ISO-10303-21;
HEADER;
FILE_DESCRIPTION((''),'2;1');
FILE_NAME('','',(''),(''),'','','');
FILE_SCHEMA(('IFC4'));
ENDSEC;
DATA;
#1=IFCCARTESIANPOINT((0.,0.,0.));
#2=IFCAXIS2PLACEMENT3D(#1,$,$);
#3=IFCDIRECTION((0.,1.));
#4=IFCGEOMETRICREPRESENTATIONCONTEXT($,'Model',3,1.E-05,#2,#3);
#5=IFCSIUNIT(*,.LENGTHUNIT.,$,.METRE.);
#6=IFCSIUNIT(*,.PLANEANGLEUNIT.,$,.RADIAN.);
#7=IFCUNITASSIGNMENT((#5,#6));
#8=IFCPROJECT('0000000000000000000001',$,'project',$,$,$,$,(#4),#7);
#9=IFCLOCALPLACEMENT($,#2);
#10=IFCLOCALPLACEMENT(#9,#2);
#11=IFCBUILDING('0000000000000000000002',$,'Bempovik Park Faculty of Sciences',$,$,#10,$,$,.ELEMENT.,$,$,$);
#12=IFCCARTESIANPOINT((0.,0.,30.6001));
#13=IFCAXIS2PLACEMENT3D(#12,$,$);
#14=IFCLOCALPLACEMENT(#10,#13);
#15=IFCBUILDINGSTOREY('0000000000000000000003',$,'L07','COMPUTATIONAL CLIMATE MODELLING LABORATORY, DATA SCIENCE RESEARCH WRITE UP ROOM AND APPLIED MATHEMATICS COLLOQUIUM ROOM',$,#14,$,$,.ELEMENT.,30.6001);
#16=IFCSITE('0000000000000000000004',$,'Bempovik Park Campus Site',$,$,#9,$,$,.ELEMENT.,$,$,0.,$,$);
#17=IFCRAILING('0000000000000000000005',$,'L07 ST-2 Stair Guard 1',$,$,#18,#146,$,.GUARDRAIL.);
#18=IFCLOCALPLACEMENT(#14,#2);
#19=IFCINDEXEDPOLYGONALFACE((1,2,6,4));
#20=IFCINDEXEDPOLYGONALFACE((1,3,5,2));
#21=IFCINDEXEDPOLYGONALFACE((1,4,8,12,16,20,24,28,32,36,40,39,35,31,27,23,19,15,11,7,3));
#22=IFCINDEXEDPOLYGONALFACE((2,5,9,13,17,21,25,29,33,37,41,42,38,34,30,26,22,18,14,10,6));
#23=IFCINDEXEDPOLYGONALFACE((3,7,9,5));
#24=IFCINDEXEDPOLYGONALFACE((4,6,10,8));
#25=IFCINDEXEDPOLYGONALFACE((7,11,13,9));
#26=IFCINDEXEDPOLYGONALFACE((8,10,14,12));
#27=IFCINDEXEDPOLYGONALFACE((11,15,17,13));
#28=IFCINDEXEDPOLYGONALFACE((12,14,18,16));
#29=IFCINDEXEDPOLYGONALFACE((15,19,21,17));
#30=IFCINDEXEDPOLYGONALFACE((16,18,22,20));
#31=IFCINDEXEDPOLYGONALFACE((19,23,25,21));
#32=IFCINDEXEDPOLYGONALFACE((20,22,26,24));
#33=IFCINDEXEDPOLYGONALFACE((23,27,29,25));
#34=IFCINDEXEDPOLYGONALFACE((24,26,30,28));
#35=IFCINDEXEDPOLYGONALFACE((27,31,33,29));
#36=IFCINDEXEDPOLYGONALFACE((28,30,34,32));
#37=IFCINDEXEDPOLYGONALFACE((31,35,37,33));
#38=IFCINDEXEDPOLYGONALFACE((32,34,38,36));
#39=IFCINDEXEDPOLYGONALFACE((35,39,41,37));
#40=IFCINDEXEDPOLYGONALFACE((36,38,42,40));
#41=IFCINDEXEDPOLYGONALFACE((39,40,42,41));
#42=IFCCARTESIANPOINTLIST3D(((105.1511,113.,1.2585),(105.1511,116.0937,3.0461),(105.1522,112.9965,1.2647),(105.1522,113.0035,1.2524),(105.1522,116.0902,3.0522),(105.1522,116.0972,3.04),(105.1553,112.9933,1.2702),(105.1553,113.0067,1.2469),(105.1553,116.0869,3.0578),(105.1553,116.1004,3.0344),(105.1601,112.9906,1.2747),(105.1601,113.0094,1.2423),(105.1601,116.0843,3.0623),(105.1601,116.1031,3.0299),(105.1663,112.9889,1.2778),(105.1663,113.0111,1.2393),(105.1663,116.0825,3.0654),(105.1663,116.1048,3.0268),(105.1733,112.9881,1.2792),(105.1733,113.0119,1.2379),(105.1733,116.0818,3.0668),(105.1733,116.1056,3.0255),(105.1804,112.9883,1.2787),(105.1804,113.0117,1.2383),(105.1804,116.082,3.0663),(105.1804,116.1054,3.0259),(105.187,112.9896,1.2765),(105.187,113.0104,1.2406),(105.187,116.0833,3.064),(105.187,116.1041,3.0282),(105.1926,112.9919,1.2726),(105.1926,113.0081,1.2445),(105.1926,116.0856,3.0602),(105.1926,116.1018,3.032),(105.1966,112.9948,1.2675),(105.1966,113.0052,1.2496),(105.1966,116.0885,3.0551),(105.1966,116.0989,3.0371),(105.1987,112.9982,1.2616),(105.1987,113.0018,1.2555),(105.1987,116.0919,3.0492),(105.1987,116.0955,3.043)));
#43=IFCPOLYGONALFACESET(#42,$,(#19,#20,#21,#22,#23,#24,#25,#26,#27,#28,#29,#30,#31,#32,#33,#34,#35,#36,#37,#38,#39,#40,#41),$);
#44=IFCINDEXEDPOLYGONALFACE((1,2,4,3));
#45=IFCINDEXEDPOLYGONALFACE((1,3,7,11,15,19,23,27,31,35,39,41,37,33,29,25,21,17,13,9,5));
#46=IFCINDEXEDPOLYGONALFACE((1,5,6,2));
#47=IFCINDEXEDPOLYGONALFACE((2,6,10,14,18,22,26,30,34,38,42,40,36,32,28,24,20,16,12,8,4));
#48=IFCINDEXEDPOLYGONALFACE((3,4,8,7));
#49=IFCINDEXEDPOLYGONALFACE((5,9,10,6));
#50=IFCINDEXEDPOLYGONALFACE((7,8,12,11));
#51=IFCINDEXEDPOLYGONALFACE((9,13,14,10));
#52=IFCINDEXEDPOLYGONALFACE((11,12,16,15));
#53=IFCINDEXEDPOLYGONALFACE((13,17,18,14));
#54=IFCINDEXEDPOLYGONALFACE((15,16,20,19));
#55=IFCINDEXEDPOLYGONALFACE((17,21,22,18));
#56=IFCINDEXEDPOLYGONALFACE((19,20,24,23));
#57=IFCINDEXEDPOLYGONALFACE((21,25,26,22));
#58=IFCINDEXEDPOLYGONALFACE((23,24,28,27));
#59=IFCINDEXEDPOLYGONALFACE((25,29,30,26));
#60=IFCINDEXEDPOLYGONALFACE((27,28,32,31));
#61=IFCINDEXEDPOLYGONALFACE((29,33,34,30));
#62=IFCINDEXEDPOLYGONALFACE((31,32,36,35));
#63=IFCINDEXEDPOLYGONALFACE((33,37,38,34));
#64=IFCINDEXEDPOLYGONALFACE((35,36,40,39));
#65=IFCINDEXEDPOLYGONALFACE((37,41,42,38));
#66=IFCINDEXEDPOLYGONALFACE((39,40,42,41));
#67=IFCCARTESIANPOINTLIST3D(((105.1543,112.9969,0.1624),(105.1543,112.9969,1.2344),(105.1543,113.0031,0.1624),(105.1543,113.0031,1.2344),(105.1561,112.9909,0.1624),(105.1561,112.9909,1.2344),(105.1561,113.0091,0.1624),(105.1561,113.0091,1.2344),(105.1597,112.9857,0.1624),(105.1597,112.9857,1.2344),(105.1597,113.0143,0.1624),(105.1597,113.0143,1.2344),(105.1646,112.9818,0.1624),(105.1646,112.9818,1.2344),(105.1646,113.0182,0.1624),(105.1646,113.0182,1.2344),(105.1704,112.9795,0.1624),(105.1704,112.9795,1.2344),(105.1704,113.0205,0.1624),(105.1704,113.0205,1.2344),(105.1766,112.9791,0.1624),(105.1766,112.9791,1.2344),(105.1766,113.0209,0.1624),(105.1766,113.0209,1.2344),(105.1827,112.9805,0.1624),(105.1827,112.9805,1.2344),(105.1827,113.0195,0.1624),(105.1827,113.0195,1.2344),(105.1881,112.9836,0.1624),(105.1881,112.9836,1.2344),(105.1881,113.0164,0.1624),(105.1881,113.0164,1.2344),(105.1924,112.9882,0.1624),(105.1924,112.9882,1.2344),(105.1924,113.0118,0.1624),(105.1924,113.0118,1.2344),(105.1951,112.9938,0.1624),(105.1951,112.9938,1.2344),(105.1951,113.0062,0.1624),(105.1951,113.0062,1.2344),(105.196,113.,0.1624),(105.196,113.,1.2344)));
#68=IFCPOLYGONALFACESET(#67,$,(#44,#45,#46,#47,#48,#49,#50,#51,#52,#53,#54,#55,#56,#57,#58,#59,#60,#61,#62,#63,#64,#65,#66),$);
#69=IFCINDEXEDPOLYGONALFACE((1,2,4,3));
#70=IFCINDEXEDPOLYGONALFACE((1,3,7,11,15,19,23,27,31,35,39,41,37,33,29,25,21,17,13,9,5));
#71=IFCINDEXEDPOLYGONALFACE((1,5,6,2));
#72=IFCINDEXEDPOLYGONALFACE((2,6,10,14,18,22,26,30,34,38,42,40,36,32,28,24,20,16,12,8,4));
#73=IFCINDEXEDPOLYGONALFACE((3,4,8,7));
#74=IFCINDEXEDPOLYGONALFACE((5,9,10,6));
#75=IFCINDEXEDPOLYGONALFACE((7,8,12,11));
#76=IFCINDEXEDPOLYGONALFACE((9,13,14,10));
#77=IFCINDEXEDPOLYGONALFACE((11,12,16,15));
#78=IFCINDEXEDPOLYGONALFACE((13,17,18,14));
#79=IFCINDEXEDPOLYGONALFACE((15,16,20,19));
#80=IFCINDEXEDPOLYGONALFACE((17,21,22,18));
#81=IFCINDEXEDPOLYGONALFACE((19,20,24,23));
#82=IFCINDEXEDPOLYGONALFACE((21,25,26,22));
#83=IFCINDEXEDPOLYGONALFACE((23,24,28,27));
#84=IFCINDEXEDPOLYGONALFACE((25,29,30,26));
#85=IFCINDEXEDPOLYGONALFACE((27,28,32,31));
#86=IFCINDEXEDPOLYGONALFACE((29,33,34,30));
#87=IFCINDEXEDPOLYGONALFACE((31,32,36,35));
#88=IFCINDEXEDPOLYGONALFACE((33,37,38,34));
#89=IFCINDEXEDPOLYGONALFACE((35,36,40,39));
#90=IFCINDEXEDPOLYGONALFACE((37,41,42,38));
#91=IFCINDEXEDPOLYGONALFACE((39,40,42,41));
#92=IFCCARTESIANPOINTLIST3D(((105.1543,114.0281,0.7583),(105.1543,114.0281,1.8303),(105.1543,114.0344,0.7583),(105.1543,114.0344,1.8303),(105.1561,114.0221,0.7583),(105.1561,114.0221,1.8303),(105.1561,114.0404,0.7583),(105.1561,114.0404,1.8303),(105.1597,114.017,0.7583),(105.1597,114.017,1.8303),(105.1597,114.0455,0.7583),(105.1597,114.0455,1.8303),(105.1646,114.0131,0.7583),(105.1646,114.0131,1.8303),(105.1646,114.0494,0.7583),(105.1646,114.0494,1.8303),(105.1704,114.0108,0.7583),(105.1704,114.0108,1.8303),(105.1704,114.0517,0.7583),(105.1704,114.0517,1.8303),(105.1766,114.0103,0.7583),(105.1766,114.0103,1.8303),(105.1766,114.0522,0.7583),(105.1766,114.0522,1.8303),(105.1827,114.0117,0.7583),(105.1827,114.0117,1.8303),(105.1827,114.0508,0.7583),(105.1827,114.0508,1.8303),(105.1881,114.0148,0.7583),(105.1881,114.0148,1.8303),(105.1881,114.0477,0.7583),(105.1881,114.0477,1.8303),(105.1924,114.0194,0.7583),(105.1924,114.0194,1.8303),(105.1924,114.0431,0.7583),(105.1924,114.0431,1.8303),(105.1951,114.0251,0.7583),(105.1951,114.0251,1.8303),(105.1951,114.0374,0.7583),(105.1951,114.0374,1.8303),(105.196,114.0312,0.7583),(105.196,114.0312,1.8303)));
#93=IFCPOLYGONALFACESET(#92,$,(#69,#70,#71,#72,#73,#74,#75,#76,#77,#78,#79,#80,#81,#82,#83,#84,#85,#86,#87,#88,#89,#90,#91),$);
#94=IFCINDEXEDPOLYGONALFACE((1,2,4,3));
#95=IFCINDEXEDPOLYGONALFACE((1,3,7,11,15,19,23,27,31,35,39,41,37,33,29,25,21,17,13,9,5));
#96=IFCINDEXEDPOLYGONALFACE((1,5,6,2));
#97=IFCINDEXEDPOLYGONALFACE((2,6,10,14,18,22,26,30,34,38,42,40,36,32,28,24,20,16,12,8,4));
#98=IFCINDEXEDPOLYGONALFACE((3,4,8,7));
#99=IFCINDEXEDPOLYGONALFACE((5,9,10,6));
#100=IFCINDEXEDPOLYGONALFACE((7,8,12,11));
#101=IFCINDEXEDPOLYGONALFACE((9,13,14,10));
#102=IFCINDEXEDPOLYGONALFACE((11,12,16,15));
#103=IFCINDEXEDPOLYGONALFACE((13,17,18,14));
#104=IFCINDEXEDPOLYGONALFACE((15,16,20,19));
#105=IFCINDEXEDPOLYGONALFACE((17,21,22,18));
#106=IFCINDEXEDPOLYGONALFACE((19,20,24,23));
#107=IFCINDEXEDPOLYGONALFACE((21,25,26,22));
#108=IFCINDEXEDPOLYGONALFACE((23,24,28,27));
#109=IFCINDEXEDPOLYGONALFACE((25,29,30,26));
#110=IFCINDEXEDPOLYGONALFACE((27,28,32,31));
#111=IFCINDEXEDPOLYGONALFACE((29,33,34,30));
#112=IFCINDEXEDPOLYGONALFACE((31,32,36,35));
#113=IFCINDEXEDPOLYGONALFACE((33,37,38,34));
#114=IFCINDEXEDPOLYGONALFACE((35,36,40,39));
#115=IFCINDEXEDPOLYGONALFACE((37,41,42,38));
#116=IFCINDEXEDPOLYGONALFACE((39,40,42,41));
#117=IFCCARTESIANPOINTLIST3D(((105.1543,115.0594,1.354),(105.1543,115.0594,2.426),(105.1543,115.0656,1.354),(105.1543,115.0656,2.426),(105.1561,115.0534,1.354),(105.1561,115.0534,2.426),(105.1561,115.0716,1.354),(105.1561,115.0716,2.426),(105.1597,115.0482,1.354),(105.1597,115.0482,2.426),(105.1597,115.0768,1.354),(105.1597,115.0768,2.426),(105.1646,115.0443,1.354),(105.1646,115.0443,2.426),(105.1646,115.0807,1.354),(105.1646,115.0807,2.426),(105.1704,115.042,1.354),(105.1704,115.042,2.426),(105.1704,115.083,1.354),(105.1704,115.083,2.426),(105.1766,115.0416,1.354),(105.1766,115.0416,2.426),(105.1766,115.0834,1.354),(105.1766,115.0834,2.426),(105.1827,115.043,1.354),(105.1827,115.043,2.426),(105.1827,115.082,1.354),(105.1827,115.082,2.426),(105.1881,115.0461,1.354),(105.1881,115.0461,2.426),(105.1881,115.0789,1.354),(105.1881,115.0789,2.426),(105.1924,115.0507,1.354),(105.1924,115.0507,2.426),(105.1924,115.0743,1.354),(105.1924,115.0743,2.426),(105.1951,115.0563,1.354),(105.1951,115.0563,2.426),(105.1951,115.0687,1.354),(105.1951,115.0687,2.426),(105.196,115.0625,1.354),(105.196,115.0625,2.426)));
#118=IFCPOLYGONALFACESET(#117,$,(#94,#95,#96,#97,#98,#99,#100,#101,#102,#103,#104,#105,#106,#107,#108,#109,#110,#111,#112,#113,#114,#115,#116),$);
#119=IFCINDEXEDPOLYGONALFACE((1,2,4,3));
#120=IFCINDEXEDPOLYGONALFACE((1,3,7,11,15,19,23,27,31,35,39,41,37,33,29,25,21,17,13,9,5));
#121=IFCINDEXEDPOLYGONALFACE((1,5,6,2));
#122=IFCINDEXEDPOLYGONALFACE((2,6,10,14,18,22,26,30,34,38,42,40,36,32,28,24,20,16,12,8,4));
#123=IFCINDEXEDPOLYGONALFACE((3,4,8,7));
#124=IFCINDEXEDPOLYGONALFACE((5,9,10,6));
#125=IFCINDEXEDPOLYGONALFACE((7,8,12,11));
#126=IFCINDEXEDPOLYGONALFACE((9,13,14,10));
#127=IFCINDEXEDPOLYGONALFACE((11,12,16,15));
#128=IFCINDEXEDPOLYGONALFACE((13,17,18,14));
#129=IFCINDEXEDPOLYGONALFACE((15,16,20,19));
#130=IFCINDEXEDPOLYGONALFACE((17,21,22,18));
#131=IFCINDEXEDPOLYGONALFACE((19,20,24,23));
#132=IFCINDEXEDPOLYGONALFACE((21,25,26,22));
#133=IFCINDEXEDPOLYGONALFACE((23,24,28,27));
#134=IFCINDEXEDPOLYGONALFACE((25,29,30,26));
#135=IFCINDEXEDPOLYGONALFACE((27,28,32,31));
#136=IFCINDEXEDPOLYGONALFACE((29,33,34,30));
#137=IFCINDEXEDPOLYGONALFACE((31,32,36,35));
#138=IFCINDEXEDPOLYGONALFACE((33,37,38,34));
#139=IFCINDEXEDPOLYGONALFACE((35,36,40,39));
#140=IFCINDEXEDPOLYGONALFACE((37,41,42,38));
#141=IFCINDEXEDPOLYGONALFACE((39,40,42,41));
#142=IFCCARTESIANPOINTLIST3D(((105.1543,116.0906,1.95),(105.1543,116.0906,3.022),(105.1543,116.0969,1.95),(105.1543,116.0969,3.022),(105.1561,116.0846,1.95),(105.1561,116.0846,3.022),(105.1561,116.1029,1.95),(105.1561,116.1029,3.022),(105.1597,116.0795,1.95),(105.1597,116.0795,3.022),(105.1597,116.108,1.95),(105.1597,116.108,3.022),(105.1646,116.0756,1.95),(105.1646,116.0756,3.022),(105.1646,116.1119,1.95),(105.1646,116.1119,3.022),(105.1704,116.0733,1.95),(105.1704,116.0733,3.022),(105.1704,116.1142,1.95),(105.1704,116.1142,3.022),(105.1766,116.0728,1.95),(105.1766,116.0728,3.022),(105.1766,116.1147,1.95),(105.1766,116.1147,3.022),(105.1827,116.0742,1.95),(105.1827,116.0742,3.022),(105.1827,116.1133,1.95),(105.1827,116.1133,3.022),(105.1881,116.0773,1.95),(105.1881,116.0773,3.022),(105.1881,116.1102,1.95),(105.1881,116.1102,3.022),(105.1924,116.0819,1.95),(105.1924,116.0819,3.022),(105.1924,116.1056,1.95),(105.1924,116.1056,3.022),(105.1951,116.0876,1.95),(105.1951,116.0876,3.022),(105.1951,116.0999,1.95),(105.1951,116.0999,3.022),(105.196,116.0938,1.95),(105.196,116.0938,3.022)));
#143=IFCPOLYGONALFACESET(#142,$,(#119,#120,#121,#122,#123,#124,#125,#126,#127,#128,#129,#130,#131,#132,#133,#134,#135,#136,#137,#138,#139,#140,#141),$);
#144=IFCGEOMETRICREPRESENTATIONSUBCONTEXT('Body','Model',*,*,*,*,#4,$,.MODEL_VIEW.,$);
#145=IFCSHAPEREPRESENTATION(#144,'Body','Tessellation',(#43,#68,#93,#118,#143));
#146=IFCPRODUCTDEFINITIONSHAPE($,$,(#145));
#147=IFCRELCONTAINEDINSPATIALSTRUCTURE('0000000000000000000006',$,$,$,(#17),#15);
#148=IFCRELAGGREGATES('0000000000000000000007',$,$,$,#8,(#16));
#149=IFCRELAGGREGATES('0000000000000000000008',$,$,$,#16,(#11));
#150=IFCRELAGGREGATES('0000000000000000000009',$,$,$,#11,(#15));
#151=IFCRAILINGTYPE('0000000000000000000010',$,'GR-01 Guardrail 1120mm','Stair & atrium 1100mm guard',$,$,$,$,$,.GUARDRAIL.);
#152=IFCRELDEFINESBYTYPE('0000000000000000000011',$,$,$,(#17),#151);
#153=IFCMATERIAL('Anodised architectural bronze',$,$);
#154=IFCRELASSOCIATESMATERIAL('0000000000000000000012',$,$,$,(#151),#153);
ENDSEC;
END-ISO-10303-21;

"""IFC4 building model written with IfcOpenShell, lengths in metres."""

from ifc_helpers import new_model, si_unit, direction, frame, origin, origin_2d, place, context, subcontext, project, spatial, circle, extrude, material, type_object, element, save


model = new_model("IFC4")

# Units and contexts
model_context = context("Model", 3, precision=1e-05, world=origin(), true_north=direction((0.0, 1.0)))
body_context = subcontext(model_context, "Body", "Model", "MODEL_VIEW")
ifc_project = project(units=[si_unit("LENGTHUNIT", "METRE"), si_unit("PLANEANGLEUNIT", "RADIAN")], contexts=[model_context])

# Site, building, storey
site_placement = place(None, origin())
site = spatial("IfcSite", under=ifc_project, at=site_placement, Name="Bempovik Park Campus Site", CompositionType="ELEMENT", RefElevation=0.0)
building_placement = place(site_placement, origin())
building = spatial("IfcBuilding", under=site, at=building_placement, Name="Bempovik Park Faculty of Sciences", CompositionType="ELEMENT")
storey_placement = place(building_placement, frame((0.0, 0.0, 30.6001)))
storey = spatial("IfcBuildingStorey", under=building, at=storey_placement, Name="L07", Description="COMPUTATIONAL CLIMATE MODELLING LABORATORY, DATA SCIENCE RESEARCH WRITE UP ROOM AND APPLIED MATHEMATICS COLLOQUIUM ROOM", CompositionType="ELEMENT", Elevation=30.6001)

# Railing
ifc_material_1 = material(Name="Anodised architectural bronze")
railing_type_1 = type_object("IfcRailingType", Name="GR-01 Guardrail 1120mm", Description="Stair & atrium 1100mm guard", PredefinedType="GUARDRAIL", material=ifc_material_1)
railing_1_placement = place(storey_placement, frame((105.175, 113.0, 0.1624)))
element("IfcRailing", 1, at=railing_1_placement, inside=storey, type_object=railing_type_1, Name="L07 ST-2 Stair Guard 1", PredefinedType="GUARDRAIL", context=body_context, shape_type="SweptSolid", body=[
    extrude(circle(Radius=0.0239, at=origin_2d()), frame((0.0, 0.0, 1.0962), z_axis=(0.0, 0.865853, 0.500298), x_axis=(-1.0, 0.0, 0.0)), (0.0, 0.0, 1.0), 3.573),
    extrude(circle(Radius=0.021, at=origin_2d()), origin(), (0.0, 0.0, 1.0), 1.072),
    extrude(circle(Radius=0.021, at=origin_2d()), frame((0.0, 1.0312, 0.5959)), (0.0, 0.0, 1.0), 1.072),
    extrude(circle(Radius=0.021, at=origin_2d()), frame((0.0, 2.0625, 1.1917)), (0.0, 0.0, 1.0), 1.072),
    extrude(circle(Radius=0.021, at=origin_2d()), frame((0.0, 3.0938, 1.7876)), (0.0, 0.0, 1.0), 1.072),
])

save(model, "model.ifc")
